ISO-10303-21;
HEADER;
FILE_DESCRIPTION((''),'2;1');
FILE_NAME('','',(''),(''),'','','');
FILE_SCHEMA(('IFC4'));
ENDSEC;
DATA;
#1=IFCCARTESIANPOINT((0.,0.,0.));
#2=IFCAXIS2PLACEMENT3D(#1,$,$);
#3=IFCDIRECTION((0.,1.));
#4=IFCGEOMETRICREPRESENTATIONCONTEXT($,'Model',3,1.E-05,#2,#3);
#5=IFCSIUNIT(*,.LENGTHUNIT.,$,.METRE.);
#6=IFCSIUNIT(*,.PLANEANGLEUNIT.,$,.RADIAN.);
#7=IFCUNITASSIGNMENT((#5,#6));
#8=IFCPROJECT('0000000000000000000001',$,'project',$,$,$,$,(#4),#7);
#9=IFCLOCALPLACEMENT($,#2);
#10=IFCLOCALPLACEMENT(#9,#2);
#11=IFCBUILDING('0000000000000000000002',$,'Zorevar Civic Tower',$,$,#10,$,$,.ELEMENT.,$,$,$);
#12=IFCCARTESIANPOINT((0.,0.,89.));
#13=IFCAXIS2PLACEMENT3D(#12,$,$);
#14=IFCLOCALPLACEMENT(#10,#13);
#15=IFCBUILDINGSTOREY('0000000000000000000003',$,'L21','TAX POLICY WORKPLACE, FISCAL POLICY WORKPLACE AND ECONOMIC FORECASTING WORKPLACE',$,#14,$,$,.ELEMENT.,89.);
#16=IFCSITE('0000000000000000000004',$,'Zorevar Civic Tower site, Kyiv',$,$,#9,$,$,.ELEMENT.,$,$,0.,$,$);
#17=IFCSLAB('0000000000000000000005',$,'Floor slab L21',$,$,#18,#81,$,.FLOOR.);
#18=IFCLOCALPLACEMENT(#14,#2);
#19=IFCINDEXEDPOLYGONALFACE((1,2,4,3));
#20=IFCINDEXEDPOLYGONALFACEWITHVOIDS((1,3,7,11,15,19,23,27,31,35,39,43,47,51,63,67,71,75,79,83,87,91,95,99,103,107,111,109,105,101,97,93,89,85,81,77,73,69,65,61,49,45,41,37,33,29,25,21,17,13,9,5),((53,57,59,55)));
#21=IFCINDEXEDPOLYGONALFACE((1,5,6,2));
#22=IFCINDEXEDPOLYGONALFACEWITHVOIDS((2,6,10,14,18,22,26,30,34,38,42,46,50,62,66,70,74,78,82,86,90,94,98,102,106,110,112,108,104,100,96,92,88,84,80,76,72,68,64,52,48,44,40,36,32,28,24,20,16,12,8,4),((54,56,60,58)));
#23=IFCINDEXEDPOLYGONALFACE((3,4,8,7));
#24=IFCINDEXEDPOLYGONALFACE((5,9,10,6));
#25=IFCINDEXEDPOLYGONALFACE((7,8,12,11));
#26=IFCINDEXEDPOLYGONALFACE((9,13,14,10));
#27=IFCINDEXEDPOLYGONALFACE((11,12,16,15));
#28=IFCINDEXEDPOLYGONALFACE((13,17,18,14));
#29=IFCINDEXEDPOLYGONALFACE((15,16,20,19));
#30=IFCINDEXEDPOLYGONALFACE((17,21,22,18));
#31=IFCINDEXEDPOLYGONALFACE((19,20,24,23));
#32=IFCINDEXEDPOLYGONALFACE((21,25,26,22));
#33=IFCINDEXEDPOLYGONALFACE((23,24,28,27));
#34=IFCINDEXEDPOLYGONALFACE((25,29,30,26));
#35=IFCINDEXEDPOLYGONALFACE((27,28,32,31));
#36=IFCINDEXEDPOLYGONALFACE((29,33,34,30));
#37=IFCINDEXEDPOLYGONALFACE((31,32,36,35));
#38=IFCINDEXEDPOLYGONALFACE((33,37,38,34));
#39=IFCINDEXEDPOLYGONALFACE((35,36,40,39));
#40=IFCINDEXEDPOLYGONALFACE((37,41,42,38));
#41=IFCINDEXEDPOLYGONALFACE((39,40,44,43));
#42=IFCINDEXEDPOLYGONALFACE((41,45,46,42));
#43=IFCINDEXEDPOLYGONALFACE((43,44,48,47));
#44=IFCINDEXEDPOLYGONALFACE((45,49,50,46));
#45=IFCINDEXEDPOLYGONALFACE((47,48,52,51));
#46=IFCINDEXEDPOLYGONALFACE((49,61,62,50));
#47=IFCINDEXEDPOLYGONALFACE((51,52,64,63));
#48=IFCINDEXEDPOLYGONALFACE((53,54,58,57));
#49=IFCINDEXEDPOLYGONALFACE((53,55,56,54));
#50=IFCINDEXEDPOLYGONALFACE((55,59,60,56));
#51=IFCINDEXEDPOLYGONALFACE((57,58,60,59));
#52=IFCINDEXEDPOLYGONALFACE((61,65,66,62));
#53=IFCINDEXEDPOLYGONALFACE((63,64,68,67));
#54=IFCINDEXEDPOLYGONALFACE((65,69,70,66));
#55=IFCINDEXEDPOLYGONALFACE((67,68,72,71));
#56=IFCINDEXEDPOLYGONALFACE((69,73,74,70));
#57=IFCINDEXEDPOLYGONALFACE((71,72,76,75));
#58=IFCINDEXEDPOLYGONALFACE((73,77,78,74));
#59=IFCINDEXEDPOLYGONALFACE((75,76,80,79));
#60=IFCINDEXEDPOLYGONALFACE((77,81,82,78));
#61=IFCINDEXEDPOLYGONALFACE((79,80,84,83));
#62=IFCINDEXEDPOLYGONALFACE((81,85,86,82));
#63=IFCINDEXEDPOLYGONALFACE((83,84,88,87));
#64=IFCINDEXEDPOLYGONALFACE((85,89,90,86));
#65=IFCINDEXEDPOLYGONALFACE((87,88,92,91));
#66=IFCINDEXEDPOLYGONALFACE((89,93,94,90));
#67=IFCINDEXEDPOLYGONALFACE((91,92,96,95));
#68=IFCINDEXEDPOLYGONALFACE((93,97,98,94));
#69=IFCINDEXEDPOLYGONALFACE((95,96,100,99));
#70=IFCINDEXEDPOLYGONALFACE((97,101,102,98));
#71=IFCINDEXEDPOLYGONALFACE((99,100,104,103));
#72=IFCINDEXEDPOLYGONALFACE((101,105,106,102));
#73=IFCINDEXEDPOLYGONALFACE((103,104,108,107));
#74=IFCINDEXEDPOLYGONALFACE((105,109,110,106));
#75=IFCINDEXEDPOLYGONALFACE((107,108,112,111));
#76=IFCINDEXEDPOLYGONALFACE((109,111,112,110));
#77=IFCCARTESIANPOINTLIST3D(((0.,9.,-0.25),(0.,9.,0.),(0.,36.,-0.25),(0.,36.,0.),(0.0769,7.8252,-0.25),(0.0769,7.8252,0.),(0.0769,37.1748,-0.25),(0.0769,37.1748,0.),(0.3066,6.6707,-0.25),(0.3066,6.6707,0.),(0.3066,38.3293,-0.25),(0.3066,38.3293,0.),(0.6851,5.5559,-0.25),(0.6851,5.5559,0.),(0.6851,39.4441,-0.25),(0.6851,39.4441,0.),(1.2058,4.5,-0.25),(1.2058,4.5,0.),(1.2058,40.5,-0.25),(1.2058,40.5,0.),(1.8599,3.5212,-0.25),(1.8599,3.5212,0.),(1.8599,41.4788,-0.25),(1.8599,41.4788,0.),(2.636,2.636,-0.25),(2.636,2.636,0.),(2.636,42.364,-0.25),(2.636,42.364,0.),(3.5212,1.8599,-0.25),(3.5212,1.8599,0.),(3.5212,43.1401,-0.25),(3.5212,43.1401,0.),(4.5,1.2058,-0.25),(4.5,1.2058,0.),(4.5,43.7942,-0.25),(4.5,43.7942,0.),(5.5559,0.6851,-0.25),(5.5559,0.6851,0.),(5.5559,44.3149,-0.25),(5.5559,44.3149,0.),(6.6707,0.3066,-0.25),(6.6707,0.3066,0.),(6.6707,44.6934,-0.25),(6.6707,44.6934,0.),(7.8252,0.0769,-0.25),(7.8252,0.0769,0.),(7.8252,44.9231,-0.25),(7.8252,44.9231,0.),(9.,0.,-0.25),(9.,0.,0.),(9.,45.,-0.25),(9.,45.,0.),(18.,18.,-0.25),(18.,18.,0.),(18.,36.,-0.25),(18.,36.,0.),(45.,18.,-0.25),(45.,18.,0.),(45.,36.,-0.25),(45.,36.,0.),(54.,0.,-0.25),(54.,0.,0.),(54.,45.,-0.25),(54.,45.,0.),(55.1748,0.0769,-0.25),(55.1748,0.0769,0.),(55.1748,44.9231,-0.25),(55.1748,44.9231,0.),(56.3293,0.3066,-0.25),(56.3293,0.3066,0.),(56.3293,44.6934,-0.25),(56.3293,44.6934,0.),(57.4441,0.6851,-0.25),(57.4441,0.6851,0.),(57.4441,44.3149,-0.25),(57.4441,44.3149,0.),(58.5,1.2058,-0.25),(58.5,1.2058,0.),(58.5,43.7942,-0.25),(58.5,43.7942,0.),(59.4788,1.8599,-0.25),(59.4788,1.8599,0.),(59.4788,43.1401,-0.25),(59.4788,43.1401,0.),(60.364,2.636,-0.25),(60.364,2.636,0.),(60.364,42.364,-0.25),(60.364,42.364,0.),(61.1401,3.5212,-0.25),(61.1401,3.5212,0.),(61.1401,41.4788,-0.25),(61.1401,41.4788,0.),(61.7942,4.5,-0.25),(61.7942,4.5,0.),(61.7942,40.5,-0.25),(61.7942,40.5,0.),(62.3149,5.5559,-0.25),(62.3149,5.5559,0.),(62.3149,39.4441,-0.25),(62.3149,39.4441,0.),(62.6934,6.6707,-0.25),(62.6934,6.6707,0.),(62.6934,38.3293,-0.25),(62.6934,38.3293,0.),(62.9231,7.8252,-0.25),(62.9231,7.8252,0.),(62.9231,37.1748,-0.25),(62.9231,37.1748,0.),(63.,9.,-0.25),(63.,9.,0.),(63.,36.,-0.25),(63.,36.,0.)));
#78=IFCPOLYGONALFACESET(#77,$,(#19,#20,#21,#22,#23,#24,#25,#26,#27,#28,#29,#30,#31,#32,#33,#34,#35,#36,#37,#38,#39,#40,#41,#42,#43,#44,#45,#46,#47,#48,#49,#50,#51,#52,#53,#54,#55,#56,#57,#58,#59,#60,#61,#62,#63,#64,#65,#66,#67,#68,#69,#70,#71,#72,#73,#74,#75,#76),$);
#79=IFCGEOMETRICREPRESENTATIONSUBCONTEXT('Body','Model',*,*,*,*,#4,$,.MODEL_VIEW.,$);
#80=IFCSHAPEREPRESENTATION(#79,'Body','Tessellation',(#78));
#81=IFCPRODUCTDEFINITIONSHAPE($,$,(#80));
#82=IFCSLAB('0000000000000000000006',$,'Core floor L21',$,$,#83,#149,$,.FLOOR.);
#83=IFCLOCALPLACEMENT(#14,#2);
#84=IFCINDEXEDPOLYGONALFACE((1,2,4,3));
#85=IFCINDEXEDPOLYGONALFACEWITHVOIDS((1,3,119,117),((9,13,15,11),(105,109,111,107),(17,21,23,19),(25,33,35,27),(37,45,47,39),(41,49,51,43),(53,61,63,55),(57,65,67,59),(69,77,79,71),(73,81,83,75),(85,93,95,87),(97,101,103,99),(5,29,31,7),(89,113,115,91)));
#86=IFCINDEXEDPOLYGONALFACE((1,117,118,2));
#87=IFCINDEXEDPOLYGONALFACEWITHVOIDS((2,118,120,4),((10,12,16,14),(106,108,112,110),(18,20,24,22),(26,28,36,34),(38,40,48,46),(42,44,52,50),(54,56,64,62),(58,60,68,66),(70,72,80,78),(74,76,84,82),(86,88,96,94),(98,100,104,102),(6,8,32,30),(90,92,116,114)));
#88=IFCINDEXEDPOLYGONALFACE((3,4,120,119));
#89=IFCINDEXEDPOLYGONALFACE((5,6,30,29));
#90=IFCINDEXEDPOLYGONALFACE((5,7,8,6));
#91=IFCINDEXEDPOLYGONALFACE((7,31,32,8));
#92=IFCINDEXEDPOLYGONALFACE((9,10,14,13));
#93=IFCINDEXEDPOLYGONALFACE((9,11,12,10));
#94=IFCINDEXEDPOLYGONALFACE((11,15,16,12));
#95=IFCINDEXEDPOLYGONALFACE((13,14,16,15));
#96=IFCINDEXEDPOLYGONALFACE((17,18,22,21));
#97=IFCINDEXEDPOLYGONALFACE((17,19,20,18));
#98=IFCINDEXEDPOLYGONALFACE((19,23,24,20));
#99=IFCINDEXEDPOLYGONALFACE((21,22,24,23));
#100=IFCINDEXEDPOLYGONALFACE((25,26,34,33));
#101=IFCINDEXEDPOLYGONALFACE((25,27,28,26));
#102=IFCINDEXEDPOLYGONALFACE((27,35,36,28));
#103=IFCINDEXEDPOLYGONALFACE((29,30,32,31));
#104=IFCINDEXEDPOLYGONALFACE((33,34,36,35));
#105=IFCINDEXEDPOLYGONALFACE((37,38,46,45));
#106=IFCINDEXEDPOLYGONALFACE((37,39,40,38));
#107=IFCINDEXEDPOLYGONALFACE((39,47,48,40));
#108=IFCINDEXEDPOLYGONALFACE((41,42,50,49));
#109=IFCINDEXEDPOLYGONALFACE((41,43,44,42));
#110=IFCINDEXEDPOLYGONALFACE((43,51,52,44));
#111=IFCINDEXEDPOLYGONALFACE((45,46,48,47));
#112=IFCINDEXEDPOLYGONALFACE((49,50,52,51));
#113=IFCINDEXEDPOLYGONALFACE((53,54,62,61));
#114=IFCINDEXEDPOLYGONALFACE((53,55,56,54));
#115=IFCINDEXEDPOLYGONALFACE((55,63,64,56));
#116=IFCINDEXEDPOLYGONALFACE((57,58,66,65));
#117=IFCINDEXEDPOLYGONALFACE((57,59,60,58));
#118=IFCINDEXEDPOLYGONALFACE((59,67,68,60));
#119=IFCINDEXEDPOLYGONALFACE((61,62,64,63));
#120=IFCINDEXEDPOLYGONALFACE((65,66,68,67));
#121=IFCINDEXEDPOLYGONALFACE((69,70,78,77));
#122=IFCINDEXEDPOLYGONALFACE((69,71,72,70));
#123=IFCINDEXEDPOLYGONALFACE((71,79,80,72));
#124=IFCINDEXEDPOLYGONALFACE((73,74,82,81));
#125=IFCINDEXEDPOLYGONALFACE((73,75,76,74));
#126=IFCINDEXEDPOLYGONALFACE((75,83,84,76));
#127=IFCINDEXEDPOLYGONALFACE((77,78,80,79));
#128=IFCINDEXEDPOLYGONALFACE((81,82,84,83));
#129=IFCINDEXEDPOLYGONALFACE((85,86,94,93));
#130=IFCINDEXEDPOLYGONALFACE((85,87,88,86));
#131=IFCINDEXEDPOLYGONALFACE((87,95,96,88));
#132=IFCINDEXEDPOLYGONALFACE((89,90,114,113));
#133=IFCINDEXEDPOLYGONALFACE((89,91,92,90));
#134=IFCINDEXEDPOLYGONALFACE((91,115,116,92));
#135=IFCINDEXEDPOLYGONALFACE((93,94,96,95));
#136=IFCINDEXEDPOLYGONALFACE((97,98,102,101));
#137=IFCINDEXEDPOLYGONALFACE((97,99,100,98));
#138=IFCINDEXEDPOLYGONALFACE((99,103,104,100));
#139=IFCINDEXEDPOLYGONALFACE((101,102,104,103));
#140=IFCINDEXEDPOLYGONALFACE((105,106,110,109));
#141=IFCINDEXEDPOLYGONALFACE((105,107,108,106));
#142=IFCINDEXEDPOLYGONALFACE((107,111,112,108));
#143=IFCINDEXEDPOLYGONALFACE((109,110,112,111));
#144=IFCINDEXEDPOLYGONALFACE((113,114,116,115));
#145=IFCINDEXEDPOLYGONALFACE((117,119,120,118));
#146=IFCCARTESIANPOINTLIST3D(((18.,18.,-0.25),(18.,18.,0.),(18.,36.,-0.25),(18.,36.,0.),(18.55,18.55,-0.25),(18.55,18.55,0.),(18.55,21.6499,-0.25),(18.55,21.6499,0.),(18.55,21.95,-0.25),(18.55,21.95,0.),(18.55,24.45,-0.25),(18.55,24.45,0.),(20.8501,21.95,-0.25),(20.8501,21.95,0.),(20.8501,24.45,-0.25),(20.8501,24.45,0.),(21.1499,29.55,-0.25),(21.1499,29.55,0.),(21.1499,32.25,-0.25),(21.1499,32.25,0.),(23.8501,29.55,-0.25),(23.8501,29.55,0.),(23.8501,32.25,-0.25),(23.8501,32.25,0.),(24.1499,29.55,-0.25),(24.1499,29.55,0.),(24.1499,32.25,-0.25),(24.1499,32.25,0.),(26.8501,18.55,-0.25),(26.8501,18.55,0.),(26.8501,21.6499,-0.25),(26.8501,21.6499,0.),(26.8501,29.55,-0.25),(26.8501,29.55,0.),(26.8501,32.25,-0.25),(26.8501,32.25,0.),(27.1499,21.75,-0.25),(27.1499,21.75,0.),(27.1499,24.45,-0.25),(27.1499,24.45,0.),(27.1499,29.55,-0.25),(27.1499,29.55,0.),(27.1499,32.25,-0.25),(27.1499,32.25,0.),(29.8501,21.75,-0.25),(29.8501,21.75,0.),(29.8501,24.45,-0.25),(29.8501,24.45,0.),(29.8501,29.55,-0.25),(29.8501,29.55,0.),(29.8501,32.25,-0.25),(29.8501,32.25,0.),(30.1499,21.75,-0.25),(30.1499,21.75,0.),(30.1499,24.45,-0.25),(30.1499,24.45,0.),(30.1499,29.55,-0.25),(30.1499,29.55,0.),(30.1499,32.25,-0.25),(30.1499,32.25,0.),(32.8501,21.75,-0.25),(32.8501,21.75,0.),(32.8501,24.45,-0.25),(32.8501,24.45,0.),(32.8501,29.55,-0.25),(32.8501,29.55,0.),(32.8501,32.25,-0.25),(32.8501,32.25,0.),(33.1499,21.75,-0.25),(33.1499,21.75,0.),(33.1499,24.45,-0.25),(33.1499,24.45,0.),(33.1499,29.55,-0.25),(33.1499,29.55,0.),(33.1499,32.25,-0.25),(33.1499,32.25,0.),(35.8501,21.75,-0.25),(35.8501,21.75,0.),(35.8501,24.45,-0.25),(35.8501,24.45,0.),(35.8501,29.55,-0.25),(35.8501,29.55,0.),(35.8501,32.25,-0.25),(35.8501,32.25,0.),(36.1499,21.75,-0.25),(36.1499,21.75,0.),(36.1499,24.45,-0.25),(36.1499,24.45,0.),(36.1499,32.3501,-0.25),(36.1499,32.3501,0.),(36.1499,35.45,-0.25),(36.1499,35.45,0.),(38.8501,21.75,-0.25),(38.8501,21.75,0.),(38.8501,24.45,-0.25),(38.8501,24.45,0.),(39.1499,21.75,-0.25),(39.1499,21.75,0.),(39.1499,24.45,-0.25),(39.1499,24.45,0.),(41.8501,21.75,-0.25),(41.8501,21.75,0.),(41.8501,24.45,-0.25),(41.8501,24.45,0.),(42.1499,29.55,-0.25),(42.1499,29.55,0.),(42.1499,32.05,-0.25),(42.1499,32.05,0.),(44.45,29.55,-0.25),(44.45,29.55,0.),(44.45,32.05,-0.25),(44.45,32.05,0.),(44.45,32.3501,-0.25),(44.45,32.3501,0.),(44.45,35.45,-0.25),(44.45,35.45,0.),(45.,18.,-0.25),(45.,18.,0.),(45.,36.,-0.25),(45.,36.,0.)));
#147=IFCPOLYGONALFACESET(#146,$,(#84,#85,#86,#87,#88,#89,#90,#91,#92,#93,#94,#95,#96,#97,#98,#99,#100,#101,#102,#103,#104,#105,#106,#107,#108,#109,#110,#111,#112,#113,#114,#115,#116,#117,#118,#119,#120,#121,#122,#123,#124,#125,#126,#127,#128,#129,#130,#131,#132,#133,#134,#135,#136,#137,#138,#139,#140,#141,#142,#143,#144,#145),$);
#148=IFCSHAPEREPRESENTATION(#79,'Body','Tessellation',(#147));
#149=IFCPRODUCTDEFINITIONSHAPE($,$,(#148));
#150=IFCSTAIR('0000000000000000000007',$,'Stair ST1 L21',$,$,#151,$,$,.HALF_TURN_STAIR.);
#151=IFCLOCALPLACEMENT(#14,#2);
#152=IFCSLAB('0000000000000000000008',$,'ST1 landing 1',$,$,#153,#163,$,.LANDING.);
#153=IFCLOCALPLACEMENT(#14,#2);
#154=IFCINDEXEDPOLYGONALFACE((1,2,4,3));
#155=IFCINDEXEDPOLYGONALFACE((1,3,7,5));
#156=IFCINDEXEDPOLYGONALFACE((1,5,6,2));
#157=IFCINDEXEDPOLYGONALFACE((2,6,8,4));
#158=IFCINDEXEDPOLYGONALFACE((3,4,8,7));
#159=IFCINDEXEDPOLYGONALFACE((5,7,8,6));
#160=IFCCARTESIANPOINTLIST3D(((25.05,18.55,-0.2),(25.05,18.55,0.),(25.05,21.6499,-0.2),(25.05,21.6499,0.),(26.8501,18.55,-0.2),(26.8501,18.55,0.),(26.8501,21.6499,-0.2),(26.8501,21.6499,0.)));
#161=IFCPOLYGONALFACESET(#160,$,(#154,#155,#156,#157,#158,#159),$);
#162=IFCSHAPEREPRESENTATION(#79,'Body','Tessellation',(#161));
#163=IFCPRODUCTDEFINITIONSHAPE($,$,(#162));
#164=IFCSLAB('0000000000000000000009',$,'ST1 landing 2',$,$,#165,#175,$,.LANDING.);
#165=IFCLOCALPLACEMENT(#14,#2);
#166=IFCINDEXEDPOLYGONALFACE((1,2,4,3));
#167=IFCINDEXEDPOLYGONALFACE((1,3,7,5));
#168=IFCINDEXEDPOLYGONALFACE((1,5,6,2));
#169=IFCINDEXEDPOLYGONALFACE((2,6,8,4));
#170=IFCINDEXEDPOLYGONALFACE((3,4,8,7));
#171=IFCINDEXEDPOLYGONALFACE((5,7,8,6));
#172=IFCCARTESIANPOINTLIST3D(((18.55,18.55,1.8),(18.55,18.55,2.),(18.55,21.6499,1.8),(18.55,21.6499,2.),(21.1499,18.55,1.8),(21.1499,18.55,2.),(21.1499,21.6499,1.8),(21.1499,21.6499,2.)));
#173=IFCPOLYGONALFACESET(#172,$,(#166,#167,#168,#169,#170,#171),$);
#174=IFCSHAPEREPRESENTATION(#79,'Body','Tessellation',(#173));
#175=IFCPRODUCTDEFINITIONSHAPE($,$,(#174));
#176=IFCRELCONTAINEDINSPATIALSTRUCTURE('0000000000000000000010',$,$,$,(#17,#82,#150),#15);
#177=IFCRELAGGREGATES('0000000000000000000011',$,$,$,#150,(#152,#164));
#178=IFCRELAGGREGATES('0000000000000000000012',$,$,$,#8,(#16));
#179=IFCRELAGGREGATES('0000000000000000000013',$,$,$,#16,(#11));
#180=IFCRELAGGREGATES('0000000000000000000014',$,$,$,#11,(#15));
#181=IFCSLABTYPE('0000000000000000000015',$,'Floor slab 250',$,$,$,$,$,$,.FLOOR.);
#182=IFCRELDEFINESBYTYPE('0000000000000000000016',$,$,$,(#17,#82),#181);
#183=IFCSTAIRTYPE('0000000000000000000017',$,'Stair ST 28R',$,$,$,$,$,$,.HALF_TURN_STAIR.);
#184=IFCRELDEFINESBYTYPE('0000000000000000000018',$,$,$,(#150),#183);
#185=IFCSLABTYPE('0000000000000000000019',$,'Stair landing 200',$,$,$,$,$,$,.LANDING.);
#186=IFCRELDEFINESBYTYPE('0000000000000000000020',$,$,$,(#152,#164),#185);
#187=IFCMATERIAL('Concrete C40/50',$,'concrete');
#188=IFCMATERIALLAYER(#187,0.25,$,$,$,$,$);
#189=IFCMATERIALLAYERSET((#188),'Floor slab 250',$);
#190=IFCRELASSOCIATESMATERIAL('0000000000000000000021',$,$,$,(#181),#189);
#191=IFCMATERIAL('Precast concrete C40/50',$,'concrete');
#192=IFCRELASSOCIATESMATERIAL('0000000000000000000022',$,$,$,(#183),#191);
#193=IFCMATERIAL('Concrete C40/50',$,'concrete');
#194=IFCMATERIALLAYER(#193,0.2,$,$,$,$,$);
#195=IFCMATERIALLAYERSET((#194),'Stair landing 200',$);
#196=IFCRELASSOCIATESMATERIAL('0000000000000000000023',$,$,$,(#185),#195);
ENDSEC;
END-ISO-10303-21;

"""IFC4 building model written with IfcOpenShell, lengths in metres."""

from ifc_helpers import new_model, si_unit, direction, frame, origin, place, context, subcontext, project, spatial, polyline, outline, extrude, material, layer, layer_set, type_object, element, aggregate, save


model = new_model("IFC4")

# Units and contexts
model_context = context("Model", 3, precision=1e-05, world=origin(), true_north=direction((0.0, 1.0)))
body_context = subcontext(model_context, "Body", "Model", "MODEL_VIEW")
ifc_project = project(units=[si_unit("LENGTHUNIT", "METRE"), si_unit("PLANEANGLEUNIT", "RADIAN")], contexts=[model_context])

# Site, building, storey
site_placement = place(None, origin())
site = spatial("IfcSite", under=ifc_project, at=site_placement, Name="Zorevar Civic Tower site, Kyiv", CompositionType="ELEMENT", RefElevation=0.0)
building_placement = place(site_placement, origin())
building = spatial("IfcBuilding", under=site, at=building_placement, Name="Zorevar Civic Tower", CompositionType="ELEMENT")
storey_placement = place(building_placement, frame((0.0, 0.0, 89.0)))
storey = spatial("IfcBuildingStorey", under=building, at=storey_placement, Name="L21", Description="TAX POLICY WORKPLACE, FISCAL POLICY WORKPLACE AND ECONOMIC FORECASTING WORKPLACE", CompositionType="ELEMENT", Elevation=89.0)

# Slabs
ifc_material_1 = material(Name="Concrete C40/50", Category="concrete")
ifc_layer_1 = layer(ifc_material_1, 0.25)
ifc_layer_set_1 = layer_set([ifc_layer_1], Name="Floor slab 250")
slab_type_1 = type_object("IfcSlabType", Name="Floor slab 250", PredefinedType="FLOOR", material=ifc_layer_set_1)
slab_1_placement = place(storey_placement, frame((0.0, 0.0, -0.25)))
element("IfcSlab", 1, at=slab_1_placement, inside=storey, type_object=slab_type_1, Name="Floor slab L21", PredefinedType="FLOOR", context=body_context, shape_type="SweptSolid", body=[
    extrude(outline(polyline([(54.0, 0.0), (55.1748, 0.0769), (56.3293, 0.3066), (57.4441, 0.6851), (58.5, 1.2058), (59.4788, 1.8599), (60.364, 2.636), (61.1401, 3.5212), (61.7942, 4.5), (62.3149, 5.5559), (62.6934, 6.6707), (62.9231, 7.8252), (63.0, 9.0), (63.0, 36.0), (62.9231, 37.1748), (62.6934, 38.3293), (62.3149, 39.4441), (61.7942, 40.5), (61.1401, 41.4788), (60.364, 42.364), (59.4788, 43.1401), (58.5, 43.7942), (57.4441, 44.3149), (56.3293, 44.6934), (55.1748, 44.9231), (54.0, 45.0), (9.0, 45.0), (7.8252, 44.9231), (6.6707, 44.6934), (5.5559, 44.3149), (4.5, 43.7942), (3.5212, 43.1401), (2.636, 42.364), (1.8599, 41.4788), (1.2058, 40.5), (0.6851, 39.4441), (0.3066, 38.3293), (0.0769, 37.1748), (0.0, 36.0), (0.0, 9.0), (0.0769, 7.8252), (0.3066, 6.6707), (0.6851, 5.5559), (1.2058, 4.5), (1.8599, 3.5212), (2.636, 2.636), (3.5212, 1.8599), (4.5, 1.2058), (5.5559, 0.6851), (6.6707, 0.3066), (7.8252, 0.0769), (9.0, 0.0), (54.0, 0.0)]), holes=[polyline([(18.0, 18.0), (45.0, 18.0), (45.0, 36.0), (18.0, 36.0), (18.0, 18.0)])]), origin(), (0.0, 0.0, 1.0), 0.25),
])
slab_2_placement = place(storey_placement, frame((0.0, 0.0, -0.25)))
element("IfcSlab", 2, at=slab_2_placement, inside=storey, type_object=slab_type_1, Name="Core floor L21", PredefinedType="FLOOR", context=body_context, shape_type="SweptSolid", body=[
    extrude(outline(polyline([(18.0, 18.0), (45.0, 18.0), (45.0, 36.0), (18.0, 36.0), (18.0, 18.0)]), holes=[polyline([(18.55, 18.55), (26.8501, 18.55), (26.8501, 21.6499), (18.55, 21.6499), (18.55, 18.55)]), polyline([(36.1499, 32.3501), (44.45, 32.3501), (44.45, 35.45), (36.1499, 35.45), (36.1499, 32.3501)]), polyline([(18.55, 21.95), (20.8501, 21.95), (20.8501, 24.45), (18.55, 24.45), (18.55, 21.95)]), polyline([(42.1499, 29.55), (44.45, 29.55), (44.45, 32.05), (42.1499, 32.05), (42.1499, 29.55)]), polyline([(27.1499, 21.75), (29.8501, 21.75), (29.8501, 24.45), (27.1499, 24.45), (27.1499, 21.75)]), polyline([(33.1499, 29.55), (35.8501, 29.55), (35.8501, 32.25), (33.1499, 32.25), (33.1499, 29.55)]), polyline([(30.1499, 21.75), (32.8501, 21.75), (32.8501, 24.45), (30.1499, 24.45), (30.1499, 21.75)]), polyline([(30.1499, 29.55), (32.8501, 29.55), (32.8501, 32.25), (30.1499, 32.25), (30.1499, 29.55)]), polyline([(33.1499, 21.75), (35.8501, 21.75), (35.8501, 24.45), (33.1499, 24.45), (33.1499, 21.75)]), polyline([(27.1499, 29.55), (29.8501, 29.55), (29.8501, 32.25), (27.1499, 32.25), (27.1499, 29.55)]), polyline([(36.1499, 21.75), (38.8501, 21.75), (38.8501, 24.45), (36.1499, 24.45), (36.1499, 21.75)]), polyline([(24.1499, 29.55), (26.8501, 29.55), (26.8501, 32.25), (24.1499, 32.25), (24.1499, 29.55)]), polyline([(39.1499, 21.75), (41.8501, 21.75), (41.8501, 24.45), (39.1499, 24.45), (39.1499, 21.75)]), polyline([(21.1499, 29.55), (23.8501, 29.55), (23.8501, 32.25), (21.1499, 32.25), (21.1499, 29.55)])]), origin(), (0.0, 0.0, 1.0), 0.25),
])

# Stair, slabs
ifc_material_2 = material(Name="Precast concrete C40/50", Category="concrete")
stair_type = type_object("IfcStairType", Name="Stair ST 28R", PredefinedType="HALF_TURN_STAIR", material=ifc_material_2)
stair_1_placement = place(storey_placement, origin())
stair_1 = element("IfcStair", 3, at=stair_1_placement, inside=storey, type_object=stair_type, Name="Stair ST1 L21", PredefinedType="HALF_TURN_STAIR")
ifc_material_3 = material(Name="Concrete C40/50", Category="concrete")
ifc_layer_2 = layer(ifc_material_3, 0.2)
ifc_layer_set_2 = layer_set([ifc_layer_2], Name="Stair landing 200")
slab_type_2 = type_object("IfcSlabType", Name="Stair landing 200", PredefinedType="LANDING", material=ifc_layer_set_2)
slab_3_placement = place(storey_placement, frame((0.0, 0.0, -0.2)))
slab_3 = element("IfcSlab", 4, at=slab_3_placement, type_object=slab_type_2, Name="ST1 landing 1", PredefinedType="LANDING", context=body_context, shape_type="SweptSolid", body=[
    extrude(outline(polyline([(25.05, 18.55), (26.8501, 18.55), (26.8501, 21.6499), (25.05, 21.6499), (25.05, 18.55)])), origin(), (0.0, 0.0, 1.0), 0.2),
])
slab_4_placement = place(storey_placement, frame((0.0, 0.0, 1.8)))
slab_4 = element("IfcSlab", 5, at=slab_4_placement, type_object=slab_type_2, Name="ST1 landing 2", PredefinedType="LANDING", context=body_context, shape_type="SweptSolid", body=[
    extrude(outline(polyline([(18.55, 18.55), (21.1499, 18.55), (21.1499, 21.6499), (18.55, 21.6499), (18.55, 18.55)])), origin(), (0.0, 0.0, 1.0), 0.2),
])
aggregate(stair_1, [slab_3, slab_4])

save(model, "model.ifc")
